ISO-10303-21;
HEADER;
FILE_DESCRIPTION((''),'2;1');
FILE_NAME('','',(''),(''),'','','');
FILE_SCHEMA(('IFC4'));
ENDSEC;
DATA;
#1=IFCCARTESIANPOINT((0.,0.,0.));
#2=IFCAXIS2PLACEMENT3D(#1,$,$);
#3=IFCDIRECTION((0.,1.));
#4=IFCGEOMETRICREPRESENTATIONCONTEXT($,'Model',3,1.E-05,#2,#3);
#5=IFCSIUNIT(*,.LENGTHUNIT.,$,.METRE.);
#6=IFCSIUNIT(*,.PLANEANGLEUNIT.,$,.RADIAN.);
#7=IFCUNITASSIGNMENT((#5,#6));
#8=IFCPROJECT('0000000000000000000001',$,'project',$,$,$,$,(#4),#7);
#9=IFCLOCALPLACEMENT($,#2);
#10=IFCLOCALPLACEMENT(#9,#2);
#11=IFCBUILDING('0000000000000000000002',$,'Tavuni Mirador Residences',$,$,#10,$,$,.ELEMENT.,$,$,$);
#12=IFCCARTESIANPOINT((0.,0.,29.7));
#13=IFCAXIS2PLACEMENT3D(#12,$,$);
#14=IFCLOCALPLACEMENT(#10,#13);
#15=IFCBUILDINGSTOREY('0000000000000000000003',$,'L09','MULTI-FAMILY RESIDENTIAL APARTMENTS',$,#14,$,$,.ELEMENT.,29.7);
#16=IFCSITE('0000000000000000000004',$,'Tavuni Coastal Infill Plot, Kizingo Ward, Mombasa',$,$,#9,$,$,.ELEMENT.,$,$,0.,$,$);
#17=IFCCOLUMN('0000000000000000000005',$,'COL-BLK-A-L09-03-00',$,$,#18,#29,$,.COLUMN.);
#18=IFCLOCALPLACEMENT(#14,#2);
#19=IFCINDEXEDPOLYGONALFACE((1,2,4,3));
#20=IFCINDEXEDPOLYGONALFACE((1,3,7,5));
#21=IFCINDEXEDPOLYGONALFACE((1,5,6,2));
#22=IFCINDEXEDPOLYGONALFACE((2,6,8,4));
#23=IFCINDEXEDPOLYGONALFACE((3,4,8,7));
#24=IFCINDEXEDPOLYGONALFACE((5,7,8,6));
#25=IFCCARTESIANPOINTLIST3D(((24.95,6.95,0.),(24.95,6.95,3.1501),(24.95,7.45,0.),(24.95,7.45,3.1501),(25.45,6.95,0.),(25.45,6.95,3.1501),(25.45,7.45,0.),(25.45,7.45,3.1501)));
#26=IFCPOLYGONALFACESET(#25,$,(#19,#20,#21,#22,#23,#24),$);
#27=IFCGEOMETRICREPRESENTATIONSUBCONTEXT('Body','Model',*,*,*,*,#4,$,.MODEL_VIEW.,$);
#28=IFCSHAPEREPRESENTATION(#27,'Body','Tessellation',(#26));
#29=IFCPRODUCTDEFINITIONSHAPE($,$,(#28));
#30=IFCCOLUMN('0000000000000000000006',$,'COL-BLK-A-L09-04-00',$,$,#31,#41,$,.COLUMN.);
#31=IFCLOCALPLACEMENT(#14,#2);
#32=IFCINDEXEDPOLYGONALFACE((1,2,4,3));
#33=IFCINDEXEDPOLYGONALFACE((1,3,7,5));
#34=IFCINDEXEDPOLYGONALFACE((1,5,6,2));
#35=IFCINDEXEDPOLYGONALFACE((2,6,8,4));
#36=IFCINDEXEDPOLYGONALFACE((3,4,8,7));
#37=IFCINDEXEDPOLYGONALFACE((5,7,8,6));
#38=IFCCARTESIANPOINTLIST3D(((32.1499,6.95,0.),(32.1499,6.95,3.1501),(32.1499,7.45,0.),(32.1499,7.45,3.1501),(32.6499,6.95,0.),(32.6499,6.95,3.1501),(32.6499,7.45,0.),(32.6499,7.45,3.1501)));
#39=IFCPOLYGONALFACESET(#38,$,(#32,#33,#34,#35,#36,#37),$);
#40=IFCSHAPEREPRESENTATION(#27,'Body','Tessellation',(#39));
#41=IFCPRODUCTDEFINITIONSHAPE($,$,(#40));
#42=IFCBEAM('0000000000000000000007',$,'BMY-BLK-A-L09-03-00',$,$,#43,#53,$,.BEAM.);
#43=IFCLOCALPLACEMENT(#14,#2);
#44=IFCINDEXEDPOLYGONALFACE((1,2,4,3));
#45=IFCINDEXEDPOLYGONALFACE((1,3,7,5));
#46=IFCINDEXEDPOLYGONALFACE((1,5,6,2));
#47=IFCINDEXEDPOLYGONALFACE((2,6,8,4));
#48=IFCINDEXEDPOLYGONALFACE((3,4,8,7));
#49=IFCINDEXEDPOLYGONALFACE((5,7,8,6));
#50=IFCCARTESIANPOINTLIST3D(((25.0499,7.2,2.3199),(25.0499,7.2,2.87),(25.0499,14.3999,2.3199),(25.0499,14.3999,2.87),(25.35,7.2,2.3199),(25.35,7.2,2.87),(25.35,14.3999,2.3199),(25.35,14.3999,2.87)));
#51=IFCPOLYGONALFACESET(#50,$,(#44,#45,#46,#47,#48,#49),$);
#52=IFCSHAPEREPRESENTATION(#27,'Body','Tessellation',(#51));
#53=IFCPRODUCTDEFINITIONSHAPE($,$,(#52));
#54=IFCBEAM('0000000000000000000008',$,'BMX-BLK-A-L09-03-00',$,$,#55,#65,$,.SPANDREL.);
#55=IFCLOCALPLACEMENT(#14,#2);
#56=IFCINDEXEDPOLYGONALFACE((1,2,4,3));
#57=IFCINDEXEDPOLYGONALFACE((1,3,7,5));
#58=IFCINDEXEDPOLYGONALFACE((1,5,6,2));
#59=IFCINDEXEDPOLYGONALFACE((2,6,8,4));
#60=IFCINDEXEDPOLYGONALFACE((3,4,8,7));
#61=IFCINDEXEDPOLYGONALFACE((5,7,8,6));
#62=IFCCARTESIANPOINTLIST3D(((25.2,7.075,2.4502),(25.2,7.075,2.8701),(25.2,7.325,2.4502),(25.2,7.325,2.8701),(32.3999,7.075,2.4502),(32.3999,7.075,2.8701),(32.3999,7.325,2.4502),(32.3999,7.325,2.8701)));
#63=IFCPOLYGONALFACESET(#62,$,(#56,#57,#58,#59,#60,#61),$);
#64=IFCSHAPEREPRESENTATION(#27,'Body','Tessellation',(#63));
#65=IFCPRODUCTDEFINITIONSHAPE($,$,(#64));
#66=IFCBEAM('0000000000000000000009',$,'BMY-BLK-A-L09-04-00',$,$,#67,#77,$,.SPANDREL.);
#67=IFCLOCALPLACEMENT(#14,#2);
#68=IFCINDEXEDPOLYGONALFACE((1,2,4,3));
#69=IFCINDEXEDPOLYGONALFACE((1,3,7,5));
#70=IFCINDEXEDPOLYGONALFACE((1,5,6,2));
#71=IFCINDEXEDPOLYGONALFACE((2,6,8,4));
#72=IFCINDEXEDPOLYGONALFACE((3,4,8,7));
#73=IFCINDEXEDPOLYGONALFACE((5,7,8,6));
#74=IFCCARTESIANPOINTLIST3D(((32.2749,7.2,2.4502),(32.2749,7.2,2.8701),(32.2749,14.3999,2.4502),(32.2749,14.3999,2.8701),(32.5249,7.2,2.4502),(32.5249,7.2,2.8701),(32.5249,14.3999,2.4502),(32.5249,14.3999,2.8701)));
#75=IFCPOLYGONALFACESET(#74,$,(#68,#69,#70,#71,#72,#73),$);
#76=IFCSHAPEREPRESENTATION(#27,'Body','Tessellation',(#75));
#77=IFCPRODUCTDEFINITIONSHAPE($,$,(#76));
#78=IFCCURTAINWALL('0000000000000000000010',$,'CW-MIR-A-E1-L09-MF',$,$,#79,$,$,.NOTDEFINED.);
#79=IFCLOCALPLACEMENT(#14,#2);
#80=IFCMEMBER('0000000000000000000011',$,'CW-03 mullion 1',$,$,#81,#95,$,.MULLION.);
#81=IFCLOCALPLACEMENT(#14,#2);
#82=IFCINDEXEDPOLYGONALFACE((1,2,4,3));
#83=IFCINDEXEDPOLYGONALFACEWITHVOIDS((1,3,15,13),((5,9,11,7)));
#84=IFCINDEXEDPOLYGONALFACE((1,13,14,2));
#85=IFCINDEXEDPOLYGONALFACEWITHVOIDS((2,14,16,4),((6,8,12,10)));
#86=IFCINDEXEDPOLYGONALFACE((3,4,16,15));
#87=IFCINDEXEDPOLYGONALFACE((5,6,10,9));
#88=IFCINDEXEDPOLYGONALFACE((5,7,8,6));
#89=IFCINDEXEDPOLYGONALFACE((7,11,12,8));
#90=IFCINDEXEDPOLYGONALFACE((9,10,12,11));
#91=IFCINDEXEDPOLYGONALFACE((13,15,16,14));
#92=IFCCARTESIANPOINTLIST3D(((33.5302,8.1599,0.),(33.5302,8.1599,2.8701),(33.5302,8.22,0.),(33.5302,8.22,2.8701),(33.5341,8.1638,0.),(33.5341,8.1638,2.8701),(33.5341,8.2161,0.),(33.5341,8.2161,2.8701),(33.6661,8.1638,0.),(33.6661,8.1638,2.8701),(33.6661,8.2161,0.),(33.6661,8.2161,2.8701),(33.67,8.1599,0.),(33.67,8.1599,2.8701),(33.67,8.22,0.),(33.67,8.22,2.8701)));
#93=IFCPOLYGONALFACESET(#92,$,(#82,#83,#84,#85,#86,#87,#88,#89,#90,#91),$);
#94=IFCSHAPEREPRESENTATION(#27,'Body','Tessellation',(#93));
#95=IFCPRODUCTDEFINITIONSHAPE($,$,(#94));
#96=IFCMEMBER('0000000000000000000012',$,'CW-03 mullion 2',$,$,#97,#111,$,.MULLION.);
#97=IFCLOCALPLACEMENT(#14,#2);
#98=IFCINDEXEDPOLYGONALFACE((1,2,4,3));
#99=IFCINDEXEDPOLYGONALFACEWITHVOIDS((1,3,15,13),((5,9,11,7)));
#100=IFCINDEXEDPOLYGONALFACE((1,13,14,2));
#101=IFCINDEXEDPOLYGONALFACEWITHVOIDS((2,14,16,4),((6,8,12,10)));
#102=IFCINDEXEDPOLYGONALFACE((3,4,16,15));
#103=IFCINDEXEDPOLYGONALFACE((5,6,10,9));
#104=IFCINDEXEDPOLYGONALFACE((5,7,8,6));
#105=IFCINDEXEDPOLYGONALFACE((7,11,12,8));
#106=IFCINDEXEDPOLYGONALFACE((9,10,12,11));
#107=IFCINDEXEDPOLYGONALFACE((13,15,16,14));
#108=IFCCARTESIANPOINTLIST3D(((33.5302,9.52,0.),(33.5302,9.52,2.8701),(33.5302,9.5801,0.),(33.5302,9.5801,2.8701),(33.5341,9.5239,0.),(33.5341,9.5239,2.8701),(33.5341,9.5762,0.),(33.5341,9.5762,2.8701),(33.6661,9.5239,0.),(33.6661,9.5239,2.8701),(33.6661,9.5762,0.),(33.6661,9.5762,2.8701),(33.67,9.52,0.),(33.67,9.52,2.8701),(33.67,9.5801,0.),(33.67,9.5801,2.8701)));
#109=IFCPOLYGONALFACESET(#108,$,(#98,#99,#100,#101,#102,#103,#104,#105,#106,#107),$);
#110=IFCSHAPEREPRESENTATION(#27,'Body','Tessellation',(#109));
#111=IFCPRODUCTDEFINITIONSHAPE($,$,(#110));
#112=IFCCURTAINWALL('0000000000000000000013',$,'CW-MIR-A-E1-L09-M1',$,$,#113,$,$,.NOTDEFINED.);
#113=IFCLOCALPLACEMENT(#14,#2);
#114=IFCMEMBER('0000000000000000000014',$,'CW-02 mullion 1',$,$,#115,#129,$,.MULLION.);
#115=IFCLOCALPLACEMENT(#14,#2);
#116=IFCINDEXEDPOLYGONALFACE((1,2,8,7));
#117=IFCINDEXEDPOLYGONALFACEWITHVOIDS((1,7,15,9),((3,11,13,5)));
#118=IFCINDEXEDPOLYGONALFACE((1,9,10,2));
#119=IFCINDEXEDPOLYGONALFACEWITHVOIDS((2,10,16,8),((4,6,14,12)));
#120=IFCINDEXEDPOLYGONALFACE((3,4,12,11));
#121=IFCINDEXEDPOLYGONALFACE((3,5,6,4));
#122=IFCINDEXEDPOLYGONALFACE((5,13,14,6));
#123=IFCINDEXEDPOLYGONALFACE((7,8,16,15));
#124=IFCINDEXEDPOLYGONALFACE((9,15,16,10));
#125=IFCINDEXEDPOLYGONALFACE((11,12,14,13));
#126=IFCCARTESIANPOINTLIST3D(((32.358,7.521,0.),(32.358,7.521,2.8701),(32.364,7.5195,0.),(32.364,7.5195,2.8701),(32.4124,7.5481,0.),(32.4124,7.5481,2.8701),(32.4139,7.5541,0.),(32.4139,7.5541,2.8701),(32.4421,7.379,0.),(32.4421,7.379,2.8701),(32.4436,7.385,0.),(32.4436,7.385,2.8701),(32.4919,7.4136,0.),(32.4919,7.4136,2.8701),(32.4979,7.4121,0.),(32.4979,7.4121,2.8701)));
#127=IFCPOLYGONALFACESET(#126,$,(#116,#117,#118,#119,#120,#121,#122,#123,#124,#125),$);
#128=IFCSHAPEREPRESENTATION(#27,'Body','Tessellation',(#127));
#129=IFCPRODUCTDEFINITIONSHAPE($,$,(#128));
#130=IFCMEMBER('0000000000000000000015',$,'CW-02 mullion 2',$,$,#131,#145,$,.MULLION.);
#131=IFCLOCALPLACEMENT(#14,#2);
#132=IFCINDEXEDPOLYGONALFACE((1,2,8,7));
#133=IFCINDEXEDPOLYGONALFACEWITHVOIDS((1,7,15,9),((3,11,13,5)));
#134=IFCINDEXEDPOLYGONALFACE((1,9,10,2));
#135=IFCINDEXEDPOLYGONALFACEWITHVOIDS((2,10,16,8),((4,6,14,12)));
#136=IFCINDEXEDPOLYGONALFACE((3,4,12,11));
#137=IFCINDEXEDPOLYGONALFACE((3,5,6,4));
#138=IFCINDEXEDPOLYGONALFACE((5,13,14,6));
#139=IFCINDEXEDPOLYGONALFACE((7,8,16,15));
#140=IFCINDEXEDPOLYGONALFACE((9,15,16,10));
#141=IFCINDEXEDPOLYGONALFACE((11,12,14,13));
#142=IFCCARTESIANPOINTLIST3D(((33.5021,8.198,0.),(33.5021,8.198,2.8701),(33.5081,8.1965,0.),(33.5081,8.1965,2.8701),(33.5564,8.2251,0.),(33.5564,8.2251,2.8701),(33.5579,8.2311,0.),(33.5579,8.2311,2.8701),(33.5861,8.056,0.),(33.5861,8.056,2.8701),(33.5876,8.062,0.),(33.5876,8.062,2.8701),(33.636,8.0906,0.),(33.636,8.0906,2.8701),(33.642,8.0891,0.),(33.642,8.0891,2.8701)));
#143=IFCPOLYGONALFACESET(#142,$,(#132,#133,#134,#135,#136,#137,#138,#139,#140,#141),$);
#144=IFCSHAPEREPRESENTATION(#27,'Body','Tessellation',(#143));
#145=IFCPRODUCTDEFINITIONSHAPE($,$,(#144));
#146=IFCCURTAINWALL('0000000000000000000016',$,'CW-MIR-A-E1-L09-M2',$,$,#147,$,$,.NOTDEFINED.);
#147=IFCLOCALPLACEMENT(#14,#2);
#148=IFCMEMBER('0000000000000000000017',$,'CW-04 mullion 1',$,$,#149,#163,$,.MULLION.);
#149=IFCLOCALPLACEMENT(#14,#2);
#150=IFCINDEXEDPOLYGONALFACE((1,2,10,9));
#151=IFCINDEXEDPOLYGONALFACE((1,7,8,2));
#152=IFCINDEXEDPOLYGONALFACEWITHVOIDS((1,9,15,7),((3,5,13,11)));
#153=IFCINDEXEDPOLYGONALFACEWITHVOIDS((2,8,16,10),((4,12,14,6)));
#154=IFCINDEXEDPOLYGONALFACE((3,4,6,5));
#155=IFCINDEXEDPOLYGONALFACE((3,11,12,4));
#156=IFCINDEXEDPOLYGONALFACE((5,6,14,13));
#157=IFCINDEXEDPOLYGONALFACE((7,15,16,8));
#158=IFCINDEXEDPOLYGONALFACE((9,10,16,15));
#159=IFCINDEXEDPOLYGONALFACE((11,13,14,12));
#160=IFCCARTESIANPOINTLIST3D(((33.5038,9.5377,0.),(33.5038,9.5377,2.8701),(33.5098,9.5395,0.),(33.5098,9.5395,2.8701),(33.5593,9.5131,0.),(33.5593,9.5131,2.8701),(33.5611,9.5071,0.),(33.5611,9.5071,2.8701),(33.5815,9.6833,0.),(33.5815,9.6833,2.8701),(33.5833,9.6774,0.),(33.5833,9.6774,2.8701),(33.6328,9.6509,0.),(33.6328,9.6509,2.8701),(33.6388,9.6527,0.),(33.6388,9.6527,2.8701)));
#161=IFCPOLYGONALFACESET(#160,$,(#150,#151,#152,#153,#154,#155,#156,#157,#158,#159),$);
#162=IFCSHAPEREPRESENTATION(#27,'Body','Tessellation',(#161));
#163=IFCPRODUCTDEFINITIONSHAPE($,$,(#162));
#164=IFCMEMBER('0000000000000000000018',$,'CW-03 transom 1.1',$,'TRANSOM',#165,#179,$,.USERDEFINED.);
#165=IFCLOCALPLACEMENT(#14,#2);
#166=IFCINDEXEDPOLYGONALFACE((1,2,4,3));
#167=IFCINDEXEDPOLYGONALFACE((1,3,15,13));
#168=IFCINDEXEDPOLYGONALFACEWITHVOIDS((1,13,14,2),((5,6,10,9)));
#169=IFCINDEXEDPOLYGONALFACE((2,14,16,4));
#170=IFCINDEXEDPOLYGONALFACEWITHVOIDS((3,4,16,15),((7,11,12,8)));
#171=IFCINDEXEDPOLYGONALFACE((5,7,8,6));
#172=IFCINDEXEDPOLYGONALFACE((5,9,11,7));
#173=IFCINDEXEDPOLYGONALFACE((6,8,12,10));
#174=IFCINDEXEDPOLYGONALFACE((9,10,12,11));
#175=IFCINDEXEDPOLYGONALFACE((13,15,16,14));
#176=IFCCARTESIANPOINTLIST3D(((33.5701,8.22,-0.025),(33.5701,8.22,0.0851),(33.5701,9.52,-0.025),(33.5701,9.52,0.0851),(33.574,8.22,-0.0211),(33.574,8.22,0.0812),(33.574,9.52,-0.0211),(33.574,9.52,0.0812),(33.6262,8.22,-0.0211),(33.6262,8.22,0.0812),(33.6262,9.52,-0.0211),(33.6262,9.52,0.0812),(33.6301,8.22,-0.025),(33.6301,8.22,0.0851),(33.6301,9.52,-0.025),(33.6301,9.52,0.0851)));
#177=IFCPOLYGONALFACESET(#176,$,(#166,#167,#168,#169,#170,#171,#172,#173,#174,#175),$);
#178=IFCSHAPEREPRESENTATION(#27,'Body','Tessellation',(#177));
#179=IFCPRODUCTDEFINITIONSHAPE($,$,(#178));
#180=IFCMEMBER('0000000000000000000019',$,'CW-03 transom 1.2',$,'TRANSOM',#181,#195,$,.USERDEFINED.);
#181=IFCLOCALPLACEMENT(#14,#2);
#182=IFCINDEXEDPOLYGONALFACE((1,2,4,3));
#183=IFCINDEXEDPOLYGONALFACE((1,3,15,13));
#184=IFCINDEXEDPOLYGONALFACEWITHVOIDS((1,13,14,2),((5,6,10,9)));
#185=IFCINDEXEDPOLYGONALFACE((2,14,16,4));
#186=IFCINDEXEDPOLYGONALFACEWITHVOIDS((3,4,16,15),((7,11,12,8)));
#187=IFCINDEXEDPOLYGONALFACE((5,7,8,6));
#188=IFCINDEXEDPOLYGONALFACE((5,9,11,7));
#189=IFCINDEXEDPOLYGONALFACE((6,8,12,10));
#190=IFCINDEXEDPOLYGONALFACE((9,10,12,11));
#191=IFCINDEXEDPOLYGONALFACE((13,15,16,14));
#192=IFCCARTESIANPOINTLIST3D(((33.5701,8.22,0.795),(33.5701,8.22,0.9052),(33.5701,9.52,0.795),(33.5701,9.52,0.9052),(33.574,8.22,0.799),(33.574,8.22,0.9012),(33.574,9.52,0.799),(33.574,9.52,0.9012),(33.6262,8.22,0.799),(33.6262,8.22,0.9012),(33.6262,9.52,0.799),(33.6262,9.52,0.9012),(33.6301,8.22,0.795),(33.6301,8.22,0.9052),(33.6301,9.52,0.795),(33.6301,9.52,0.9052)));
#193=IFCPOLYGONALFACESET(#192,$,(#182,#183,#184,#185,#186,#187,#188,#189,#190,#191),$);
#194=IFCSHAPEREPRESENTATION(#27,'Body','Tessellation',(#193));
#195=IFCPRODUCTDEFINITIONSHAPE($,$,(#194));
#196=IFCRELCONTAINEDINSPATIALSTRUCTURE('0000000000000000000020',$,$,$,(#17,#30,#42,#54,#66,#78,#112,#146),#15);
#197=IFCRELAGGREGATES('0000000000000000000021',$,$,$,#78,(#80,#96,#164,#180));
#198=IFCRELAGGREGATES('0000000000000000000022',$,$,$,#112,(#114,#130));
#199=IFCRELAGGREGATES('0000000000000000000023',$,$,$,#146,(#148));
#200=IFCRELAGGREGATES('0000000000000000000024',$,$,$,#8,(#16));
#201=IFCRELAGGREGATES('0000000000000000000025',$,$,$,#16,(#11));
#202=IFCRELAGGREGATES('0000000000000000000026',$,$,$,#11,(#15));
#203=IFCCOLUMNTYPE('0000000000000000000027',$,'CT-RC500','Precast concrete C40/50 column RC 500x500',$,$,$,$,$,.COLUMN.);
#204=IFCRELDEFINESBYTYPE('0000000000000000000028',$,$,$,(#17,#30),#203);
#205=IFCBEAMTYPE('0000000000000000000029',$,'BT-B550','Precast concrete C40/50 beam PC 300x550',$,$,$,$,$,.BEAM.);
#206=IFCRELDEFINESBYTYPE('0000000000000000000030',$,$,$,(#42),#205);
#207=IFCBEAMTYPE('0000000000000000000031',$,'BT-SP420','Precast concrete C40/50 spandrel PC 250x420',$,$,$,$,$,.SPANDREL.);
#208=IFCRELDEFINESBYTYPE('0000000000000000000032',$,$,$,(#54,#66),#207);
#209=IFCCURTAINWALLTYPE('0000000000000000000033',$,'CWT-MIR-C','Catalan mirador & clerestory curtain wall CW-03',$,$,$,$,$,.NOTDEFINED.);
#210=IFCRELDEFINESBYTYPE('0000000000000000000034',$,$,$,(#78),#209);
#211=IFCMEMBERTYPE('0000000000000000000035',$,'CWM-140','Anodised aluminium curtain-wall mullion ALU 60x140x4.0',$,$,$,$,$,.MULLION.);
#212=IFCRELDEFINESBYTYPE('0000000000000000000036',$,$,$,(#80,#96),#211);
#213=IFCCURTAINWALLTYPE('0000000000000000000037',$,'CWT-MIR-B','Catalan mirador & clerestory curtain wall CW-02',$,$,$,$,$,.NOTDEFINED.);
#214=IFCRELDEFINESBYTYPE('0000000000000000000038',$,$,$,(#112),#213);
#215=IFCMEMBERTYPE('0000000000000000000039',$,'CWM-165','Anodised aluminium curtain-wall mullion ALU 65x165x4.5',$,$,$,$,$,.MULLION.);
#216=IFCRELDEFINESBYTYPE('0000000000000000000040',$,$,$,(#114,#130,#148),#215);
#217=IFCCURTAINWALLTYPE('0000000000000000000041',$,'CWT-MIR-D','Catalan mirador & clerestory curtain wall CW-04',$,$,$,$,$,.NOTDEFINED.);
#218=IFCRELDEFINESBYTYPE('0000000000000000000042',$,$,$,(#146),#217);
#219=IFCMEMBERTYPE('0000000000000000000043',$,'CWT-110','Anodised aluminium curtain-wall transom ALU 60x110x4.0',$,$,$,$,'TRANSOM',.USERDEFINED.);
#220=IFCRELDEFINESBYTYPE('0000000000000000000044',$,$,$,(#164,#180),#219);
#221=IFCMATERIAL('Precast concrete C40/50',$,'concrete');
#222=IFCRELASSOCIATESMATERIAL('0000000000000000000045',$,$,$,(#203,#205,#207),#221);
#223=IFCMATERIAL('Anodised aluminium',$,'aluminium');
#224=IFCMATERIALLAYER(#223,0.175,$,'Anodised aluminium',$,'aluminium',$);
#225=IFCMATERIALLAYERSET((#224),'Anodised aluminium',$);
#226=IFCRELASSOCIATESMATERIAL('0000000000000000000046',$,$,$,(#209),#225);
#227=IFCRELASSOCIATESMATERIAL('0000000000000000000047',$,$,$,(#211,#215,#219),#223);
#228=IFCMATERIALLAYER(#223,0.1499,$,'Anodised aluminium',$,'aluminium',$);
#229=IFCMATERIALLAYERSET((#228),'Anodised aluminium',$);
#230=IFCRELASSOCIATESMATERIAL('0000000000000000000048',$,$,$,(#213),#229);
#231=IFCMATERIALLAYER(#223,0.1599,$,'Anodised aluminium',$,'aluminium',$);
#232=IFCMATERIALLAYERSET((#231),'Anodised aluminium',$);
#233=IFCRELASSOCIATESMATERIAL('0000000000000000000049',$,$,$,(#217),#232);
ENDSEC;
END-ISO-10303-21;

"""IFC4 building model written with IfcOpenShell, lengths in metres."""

from ifc_helpers import new_model, si_unit, direction, frame, origin, origin_2d, place, context, subcontext, project, spatial, rectangle, hollow_rectangle, extrude, material, layer, layer_set, material_profile, profile_set, type_object, element, aggregate, save


model = new_model("IFC4")

# Units and contexts
model_context = context("Model", 3, precision=1e-05, world=origin(), true_north=direction((0.0, 1.0)))
body_context = subcontext(model_context, "Body", "Model", "MODEL_VIEW")
ifc_project = project(units=[si_unit("LENGTHUNIT", "METRE"), si_unit("PLANEANGLEUNIT", "RADIAN")], contexts=[model_context])

# Site, building, storey
site_placement = place(None, origin())
site = spatial("IfcSite", under=ifc_project, at=site_placement, Name="Tavuni Coastal Infill Plot, Kizingo Ward, Mombasa", CompositionType="ELEMENT", RefElevation=0.0)
building_placement = place(site_placement, origin())
building = spatial("IfcBuilding", under=site, at=building_placement, Name="Tavuni Mirador Residences", CompositionType="ELEMENT")
storey_placement = place(building_placement, frame((0.0, 0.0, 29.7)))
storey = spatial("IfcBuildingStorey", under=building, at=storey_placement, Name="L09", Description="MULTI-FAMILY RESIDENTIAL APARTMENTS", CompositionType="ELEMENT", Elevation=29.7)

# Columns
ifc_material_1 = material(Name="Precast concrete C40/50", Category="concrete")
ifc_material_profile_1 = material_profile(ifc_material_1, rectangle(XDim=0.5, YDim=0.5, at=origin_2d()), Name="RC 500x500", Category="concrete")
ifc_profile_set_1 = profile_set([ifc_material_profile_1], Name="Precast concrete C40/50")
column_type = type_object("IfcColumnType", Name="CT-RC500", Description="Precast concrete C40/50 column RC 500x500", PredefinedType="COLUMN", material=ifc_profile_set_1)
for number, where, z_axis, x_axis, name in (
    (1, (25.2, 7.2, 0.0), (0.0, 0.0, 1.0), (1.0, 0.0, 0.0), "COL-BLK-A-L09-03-00"),
    (2, (32.3999, 7.2, 0.0), (0.0, 0.0, 1.0), (1.0, 0.0, 0.0), "COL-BLK-A-L09-04-00"),
):
    element("IfcColumn", number, at=place(storey_placement, frame(where, z_axis=z_axis, x_axis=x_axis)), inside=storey, type_object=column_type, Name=name, PredefinedType="COLUMN", context=body_context, shape_type="SweptSolid", body=[
        extrude(rectangle(XDim=0.5, YDim=0.5, at=origin_2d()), origin(), (0.0, 0.0, 1.0), 3.1501),
    ])

# Beams
ifc_material_profile_2 = material_profile(ifc_material_1, rectangle(XDim=0.3, YDim=0.55, at=origin_2d()), Name="PC 300x550", Category="concrete")
ifc_profile_set_2 = profile_set([ifc_material_profile_2], Name="Precast concrete C40/50")
beam_type_1 = type_object("IfcBeamType", Name="BT-B550", Description="Precast concrete C40/50 beam PC 300x550", PredefinedType="BEAM", material=ifc_profile_set_2)
beam_placement = place(storey_placement, frame((25.2, 7.2, 2.595), z_axis=(0.0, 1.0, 0.0), x_axis=(-1.0, 0.0, 0.0)))
element("IfcBeam", 3, at=beam_placement, inside=storey, type_object=beam_type_1, Name="BMY-BLK-A-L09-03-00", PredefinedType="BEAM", context=body_context, shape_type="SweptSolid", body=[
    extrude(rectangle(XDim=0.3, YDim=0.55, at=origin_2d()), origin(), (0.0, 0.0, 1.0), 7.2),
])
ifc_material_profile_3 = material_profile(ifc_material_1, rectangle(XDim=0.25, YDim=0.4199, at=origin_2d()), Name="PC 250x420", Category="concrete")
ifc_profile_set_3 = profile_set([ifc_material_profile_3], Name="Precast concrete C40/50")
beam_type_2 = type_object("IfcBeamType", Name="BT-SP420", Description="Precast concrete C40/50 spandrel PC 250x420", PredefinedType="SPANDREL", material=ifc_profile_set_3)
for number, where, z_axis, x_axis, name in (
    (4, (25.2, 7.2, 2.6602), (1.0, 0.0, 0.0), (0.0, 1.0, 0.0), "BMX-BLK-A-L09-03-00"),
    (5, (32.3999, 7.2, 2.6602), (0.0, 1.0, 0.0), (-1.0, 0.0, 0.0), "BMY-BLK-A-L09-04-00"),
):
    element("IfcBeam", number, at=place(storey_placement, frame(where, z_axis=z_axis, x_axis=x_axis)), inside=storey, type_object=beam_type_2, Name=name, PredefinedType="SPANDREL", context=body_context, shape_type="SweptSolid", body=[
        extrude(rectangle(XDim=0.25, YDim=0.4199, at=origin_2d()), origin(), (0.0, 0.0, 1.0), 7.2),
    ])

# Curtain walls, members
ifc_material_2 = material(Name="Anodised aluminium", Category="aluminium")
ifc_layer_1 = layer(ifc_material_2, 0.175, Name="Anodised aluminium", Category="aluminium")
ifc_layer_set_1 = layer_set([ifc_layer_1], Name="Anodised aluminium")
curtain_wall_type_1 = type_object("IfcCurtainWallType", Name="CWT-MIR-C", Description="Catalan mirador & clerestory curtain wall CW-03", PredefinedType="NOTDEFINED", material=ifc_layer_set_1)
curtain_wall_1_placement = place(storey_placement, origin())
curtain_wall_1 = element("IfcCurtainWall", 6, at=curtain_wall_1_placement, inside=storey, type_object=curtain_wall_type_1, Name="CW-MIR-A-E1-L09-MF", PredefinedType="NOTDEFINED")
ifc_material_profile_4 = material_profile(ifc_material_2, hollow_rectangle(XDim=0.0601, YDim=0.1399, WallThickness=0.0039, at=origin_2d()), Name="ALU 60x140x4.0", Category="aluminium")
ifc_profile_set_4 = profile_set([ifc_material_profile_4], Name="Anodised aluminium")
member_type_1 = type_object("IfcMemberType", Name="CWM-140", Description="Anodised aluminium curtain-wall mullion ALU 60x140x4.0", PredefinedType="MULLION", material=ifc_profile_set_4)
member_1_placement = place(storey_placement, frame((33.6001, 8.1899, 0.0), z_axis=(0.0, 0.0, 1.0), x_axis=(0.0, 1.0, 0.0)))
member_1 = element("IfcMember", 7, at=member_1_placement, type_object=member_type_1, Name="CW-03 mullion 1", PredefinedType="MULLION", context=body_context, shape_type="SweptSolid", body=[
    extrude(hollow_rectangle(XDim=0.0601, YDim=0.1399, WallThickness=0.0039, at=origin_2d()), origin(), (0.0, 0.0, 1.0), 2.8701),
])
member_2_placement = place(storey_placement, frame((33.6001, 9.55, 0.0), z_axis=(0.0, 0.0, 1.0), x_axis=(0.0, 1.0, 0.0)))
member_2 = element("IfcMember", 8, at=member_2_placement, type_object=member_type_1, Name="CW-03 mullion 2", PredefinedType="MULLION", context=body_context, shape_type="SweptSolid", body=[
    extrude(hollow_rectangle(XDim=0.0601, YDim=0.1399, WallThickness=0.0039, at=origin_2d()), origin(), (0.0, 0.0, 1.0), 2.8701),
])
ifc_layer_2 = layer(ifc_material_2, 0.1499, Name="Anodised aluminium", Category="aluminium")
ifc_layer_set_2 = layer_set([ifc_layer_2], Name="Anodised aluminium")
curtain_wall_type_2 = type_object("IfcCurtainWallType", Name="CWT-MIR-B", Description="Catalan mirador & clerestory curtain wall CW-02", PredefinedType="NOTDEFINED", material=ifc_layer_set_2)
curtain_wall_2_placement = place(storey_placement, origin())
curtain_wall_2 = element("IfcCurtainWall", 9, at=curtain_wall_2_placement, inside=storey, type_object=curtain_wall_type_2, Name="CW-MIR-A-E1-L09-M1", PredefinedType="NOTDEFINED")
ifc_material_profile_5 = material_profile(ifc_material_2, hollow_rectangle(XDim=0.0649, YDim=0.165, WallThickness=0.0044, at=origin_2d()), Name="ALU 65x165x4.5", Category="aluminium")
ifc_profile_set_5 = profile_set([ifc_material_profile_5], Name="Anodised aluminium")
member_type_2 = type_object("IfcMemberType", Name="CWM-165", Description="Anodised aluminium curtain-wall mullion ALU 65x165x4.5", PredefinedType="MULLION", material=ifc_profile_set_5)
member_3_placement = place(storey_placement, frame((32.428, 7.4666, 0.0), z_axis=(0.0, 0.0, 1.0), x_axis=(0.860641, 0.509212, 0.0)))
member_3 = element("IfcMember", 10, at=member_3_placement, type_object=member_type_2, Name="CW-02 mullion 1", PredefinedType="MULLION", context=body_context, shape_type="SweptSolid", body=[
    extrude(hollow_rectangle(XDim=0.0649, YDim=0.165, WallThickness=0.0044, at=origin_2d()), origin(), (0.0, 0.0, 1.0), 2.8701),
])
member_4_placement = place(storey_placement, frame((33.572, 8.1436, 0.0), z_axis=(0.0, 0.0, 1.0), x_axis=(0.860641, 0.509212, 0.0)))
member_4 = element("IfcMember", 11, at=member_4_placement, type_object=member_type_2, Name="CW-02 mullion 2", PredefinedType="MULLION", context=body_context, shape_type="SweptSolid", body=[
    extrude(hollow_rectangle(XDim=0.0649, YDim=0.165, WallThickness=0.0044, at=origin_2d()), origin(), (0.0, 0.0, 1.0), 2.8701),
])

# Curtain wall, member
ifc_layer_3 = layer(ifc_material_2, 0.1599, Name="Anodised aluminium", Category="aluminium")
ifc_layer_set_3 = layer_set([ifc_layer_3], Name="Anodised aluminium")
curtain_wall_type_3 = type_object("IfcCurtainWallType", Name="CWT-MIR-D", Description="Catalan mirador & clerestory curtain wall CW-04", PredefinedType="NOTDEFINED", material=ifc_layer_set_3)
curtain_wall_3_placement = place(storey_placement, origin())
curtain_wall_3 = element("IfcCurtainWall", 12, at=curtain_wall_3_placement, inside=storey, type_object=curtain_wall_type_3, Name="CW-MIR-A-E1-L09-M2", PredefinedType="NOTDEFINED")
member_5_placement = place(storey_placement, frame((33.5713, 9.5952, 0.0), z_axis=(0.0, 0.0, 1.0), x_axis=(-0.882353, 0.470588, 0.0)))
member_5 = element("IfcMember", 13, at=member_5_placement, type_object=member_type_2, Name="CW-04 mullion 1", PredefinedType="MULLION", context=body_context, shape_type="SweptSolid", body=[
    extrude(hollow_rectangle(XDim=0.0649, YDim=0.165, WallThickness=0.0044, at=origin_2d()), origin(), (0.0, 0.0, 1.0), 2.8701),
])

# Members
ifc_material_profile_6 = material_profile(ifc_material_2, hollow_rectangle(XDim=0.0601, YDim=0.1101, WallThickness=0.0039, at=origin_2d()), Name="ALU 60x110x4.0", Category="aluminium")
ifc_profile_set_6 = profile_set([ifc_material_profile_6], Name="Anodised aluminium")
member_type_3 = type_object("IfcMemberType", Name="CWT-110", Description="Anodised aluminium curtain-wall transom ALU 60x110x4.0", ElementType="TRANSOM", PredefinedType="USERDEFINED", material=ifc_profile_set_6)
member_6_placement = place(storey_placement, frame((33.6001, 8.22, 0.03), z_axis=(0.0, 1.0, 0.0), x_axis=(-1.0, 0.0, 0.0)))
member_6 = element("IfcMember", 14, at=member_6_placement, type_object=member_type_3, Name="CW-03 transom 1.1", ObjectType="TRANSOM", PredefinedType="USERDEFINED", context=body_context, shape_type="SweptSolid", body=[
    extrude(hollow_rectangle(XDim=0.0601, YDim=0.1101, WallThickness=0.0039, at=origin_2d()), origin(), (0.0, 0.0, 1.0), 1.3),
])
member_7_placement = place(storey_placement, frame((33.6001, 8.22, 0.8501), z_axis=(0.0, 1.0, 0.0), x_axis=(-1.0, 0.0, 0.0)))
member_7 = element("IfcMember", 15, at=member_7_placement, type_object=member_type_3, Name="CW-03 transom 1.2", ObjectType="TRANSOM", PredefinedType="USERDEFINED", context=body_context, shape_type="SweptSolid", body=[
    extrude(hollow_rectangle(XDim=0.0601, YDim=0.1101, WallThickness=0.0039, at=origin_2d()), origin(), (0.0, 0.0, 1.0), 1.3),
])

aggregate(curtain_wall_1, [member_1, member_2, member_6, member_7])
aggregate(curtain_wall_2, [member_3, member_4])
aggregate(curtain_wall_3, [member_5])

save(model, "model.ifc")
